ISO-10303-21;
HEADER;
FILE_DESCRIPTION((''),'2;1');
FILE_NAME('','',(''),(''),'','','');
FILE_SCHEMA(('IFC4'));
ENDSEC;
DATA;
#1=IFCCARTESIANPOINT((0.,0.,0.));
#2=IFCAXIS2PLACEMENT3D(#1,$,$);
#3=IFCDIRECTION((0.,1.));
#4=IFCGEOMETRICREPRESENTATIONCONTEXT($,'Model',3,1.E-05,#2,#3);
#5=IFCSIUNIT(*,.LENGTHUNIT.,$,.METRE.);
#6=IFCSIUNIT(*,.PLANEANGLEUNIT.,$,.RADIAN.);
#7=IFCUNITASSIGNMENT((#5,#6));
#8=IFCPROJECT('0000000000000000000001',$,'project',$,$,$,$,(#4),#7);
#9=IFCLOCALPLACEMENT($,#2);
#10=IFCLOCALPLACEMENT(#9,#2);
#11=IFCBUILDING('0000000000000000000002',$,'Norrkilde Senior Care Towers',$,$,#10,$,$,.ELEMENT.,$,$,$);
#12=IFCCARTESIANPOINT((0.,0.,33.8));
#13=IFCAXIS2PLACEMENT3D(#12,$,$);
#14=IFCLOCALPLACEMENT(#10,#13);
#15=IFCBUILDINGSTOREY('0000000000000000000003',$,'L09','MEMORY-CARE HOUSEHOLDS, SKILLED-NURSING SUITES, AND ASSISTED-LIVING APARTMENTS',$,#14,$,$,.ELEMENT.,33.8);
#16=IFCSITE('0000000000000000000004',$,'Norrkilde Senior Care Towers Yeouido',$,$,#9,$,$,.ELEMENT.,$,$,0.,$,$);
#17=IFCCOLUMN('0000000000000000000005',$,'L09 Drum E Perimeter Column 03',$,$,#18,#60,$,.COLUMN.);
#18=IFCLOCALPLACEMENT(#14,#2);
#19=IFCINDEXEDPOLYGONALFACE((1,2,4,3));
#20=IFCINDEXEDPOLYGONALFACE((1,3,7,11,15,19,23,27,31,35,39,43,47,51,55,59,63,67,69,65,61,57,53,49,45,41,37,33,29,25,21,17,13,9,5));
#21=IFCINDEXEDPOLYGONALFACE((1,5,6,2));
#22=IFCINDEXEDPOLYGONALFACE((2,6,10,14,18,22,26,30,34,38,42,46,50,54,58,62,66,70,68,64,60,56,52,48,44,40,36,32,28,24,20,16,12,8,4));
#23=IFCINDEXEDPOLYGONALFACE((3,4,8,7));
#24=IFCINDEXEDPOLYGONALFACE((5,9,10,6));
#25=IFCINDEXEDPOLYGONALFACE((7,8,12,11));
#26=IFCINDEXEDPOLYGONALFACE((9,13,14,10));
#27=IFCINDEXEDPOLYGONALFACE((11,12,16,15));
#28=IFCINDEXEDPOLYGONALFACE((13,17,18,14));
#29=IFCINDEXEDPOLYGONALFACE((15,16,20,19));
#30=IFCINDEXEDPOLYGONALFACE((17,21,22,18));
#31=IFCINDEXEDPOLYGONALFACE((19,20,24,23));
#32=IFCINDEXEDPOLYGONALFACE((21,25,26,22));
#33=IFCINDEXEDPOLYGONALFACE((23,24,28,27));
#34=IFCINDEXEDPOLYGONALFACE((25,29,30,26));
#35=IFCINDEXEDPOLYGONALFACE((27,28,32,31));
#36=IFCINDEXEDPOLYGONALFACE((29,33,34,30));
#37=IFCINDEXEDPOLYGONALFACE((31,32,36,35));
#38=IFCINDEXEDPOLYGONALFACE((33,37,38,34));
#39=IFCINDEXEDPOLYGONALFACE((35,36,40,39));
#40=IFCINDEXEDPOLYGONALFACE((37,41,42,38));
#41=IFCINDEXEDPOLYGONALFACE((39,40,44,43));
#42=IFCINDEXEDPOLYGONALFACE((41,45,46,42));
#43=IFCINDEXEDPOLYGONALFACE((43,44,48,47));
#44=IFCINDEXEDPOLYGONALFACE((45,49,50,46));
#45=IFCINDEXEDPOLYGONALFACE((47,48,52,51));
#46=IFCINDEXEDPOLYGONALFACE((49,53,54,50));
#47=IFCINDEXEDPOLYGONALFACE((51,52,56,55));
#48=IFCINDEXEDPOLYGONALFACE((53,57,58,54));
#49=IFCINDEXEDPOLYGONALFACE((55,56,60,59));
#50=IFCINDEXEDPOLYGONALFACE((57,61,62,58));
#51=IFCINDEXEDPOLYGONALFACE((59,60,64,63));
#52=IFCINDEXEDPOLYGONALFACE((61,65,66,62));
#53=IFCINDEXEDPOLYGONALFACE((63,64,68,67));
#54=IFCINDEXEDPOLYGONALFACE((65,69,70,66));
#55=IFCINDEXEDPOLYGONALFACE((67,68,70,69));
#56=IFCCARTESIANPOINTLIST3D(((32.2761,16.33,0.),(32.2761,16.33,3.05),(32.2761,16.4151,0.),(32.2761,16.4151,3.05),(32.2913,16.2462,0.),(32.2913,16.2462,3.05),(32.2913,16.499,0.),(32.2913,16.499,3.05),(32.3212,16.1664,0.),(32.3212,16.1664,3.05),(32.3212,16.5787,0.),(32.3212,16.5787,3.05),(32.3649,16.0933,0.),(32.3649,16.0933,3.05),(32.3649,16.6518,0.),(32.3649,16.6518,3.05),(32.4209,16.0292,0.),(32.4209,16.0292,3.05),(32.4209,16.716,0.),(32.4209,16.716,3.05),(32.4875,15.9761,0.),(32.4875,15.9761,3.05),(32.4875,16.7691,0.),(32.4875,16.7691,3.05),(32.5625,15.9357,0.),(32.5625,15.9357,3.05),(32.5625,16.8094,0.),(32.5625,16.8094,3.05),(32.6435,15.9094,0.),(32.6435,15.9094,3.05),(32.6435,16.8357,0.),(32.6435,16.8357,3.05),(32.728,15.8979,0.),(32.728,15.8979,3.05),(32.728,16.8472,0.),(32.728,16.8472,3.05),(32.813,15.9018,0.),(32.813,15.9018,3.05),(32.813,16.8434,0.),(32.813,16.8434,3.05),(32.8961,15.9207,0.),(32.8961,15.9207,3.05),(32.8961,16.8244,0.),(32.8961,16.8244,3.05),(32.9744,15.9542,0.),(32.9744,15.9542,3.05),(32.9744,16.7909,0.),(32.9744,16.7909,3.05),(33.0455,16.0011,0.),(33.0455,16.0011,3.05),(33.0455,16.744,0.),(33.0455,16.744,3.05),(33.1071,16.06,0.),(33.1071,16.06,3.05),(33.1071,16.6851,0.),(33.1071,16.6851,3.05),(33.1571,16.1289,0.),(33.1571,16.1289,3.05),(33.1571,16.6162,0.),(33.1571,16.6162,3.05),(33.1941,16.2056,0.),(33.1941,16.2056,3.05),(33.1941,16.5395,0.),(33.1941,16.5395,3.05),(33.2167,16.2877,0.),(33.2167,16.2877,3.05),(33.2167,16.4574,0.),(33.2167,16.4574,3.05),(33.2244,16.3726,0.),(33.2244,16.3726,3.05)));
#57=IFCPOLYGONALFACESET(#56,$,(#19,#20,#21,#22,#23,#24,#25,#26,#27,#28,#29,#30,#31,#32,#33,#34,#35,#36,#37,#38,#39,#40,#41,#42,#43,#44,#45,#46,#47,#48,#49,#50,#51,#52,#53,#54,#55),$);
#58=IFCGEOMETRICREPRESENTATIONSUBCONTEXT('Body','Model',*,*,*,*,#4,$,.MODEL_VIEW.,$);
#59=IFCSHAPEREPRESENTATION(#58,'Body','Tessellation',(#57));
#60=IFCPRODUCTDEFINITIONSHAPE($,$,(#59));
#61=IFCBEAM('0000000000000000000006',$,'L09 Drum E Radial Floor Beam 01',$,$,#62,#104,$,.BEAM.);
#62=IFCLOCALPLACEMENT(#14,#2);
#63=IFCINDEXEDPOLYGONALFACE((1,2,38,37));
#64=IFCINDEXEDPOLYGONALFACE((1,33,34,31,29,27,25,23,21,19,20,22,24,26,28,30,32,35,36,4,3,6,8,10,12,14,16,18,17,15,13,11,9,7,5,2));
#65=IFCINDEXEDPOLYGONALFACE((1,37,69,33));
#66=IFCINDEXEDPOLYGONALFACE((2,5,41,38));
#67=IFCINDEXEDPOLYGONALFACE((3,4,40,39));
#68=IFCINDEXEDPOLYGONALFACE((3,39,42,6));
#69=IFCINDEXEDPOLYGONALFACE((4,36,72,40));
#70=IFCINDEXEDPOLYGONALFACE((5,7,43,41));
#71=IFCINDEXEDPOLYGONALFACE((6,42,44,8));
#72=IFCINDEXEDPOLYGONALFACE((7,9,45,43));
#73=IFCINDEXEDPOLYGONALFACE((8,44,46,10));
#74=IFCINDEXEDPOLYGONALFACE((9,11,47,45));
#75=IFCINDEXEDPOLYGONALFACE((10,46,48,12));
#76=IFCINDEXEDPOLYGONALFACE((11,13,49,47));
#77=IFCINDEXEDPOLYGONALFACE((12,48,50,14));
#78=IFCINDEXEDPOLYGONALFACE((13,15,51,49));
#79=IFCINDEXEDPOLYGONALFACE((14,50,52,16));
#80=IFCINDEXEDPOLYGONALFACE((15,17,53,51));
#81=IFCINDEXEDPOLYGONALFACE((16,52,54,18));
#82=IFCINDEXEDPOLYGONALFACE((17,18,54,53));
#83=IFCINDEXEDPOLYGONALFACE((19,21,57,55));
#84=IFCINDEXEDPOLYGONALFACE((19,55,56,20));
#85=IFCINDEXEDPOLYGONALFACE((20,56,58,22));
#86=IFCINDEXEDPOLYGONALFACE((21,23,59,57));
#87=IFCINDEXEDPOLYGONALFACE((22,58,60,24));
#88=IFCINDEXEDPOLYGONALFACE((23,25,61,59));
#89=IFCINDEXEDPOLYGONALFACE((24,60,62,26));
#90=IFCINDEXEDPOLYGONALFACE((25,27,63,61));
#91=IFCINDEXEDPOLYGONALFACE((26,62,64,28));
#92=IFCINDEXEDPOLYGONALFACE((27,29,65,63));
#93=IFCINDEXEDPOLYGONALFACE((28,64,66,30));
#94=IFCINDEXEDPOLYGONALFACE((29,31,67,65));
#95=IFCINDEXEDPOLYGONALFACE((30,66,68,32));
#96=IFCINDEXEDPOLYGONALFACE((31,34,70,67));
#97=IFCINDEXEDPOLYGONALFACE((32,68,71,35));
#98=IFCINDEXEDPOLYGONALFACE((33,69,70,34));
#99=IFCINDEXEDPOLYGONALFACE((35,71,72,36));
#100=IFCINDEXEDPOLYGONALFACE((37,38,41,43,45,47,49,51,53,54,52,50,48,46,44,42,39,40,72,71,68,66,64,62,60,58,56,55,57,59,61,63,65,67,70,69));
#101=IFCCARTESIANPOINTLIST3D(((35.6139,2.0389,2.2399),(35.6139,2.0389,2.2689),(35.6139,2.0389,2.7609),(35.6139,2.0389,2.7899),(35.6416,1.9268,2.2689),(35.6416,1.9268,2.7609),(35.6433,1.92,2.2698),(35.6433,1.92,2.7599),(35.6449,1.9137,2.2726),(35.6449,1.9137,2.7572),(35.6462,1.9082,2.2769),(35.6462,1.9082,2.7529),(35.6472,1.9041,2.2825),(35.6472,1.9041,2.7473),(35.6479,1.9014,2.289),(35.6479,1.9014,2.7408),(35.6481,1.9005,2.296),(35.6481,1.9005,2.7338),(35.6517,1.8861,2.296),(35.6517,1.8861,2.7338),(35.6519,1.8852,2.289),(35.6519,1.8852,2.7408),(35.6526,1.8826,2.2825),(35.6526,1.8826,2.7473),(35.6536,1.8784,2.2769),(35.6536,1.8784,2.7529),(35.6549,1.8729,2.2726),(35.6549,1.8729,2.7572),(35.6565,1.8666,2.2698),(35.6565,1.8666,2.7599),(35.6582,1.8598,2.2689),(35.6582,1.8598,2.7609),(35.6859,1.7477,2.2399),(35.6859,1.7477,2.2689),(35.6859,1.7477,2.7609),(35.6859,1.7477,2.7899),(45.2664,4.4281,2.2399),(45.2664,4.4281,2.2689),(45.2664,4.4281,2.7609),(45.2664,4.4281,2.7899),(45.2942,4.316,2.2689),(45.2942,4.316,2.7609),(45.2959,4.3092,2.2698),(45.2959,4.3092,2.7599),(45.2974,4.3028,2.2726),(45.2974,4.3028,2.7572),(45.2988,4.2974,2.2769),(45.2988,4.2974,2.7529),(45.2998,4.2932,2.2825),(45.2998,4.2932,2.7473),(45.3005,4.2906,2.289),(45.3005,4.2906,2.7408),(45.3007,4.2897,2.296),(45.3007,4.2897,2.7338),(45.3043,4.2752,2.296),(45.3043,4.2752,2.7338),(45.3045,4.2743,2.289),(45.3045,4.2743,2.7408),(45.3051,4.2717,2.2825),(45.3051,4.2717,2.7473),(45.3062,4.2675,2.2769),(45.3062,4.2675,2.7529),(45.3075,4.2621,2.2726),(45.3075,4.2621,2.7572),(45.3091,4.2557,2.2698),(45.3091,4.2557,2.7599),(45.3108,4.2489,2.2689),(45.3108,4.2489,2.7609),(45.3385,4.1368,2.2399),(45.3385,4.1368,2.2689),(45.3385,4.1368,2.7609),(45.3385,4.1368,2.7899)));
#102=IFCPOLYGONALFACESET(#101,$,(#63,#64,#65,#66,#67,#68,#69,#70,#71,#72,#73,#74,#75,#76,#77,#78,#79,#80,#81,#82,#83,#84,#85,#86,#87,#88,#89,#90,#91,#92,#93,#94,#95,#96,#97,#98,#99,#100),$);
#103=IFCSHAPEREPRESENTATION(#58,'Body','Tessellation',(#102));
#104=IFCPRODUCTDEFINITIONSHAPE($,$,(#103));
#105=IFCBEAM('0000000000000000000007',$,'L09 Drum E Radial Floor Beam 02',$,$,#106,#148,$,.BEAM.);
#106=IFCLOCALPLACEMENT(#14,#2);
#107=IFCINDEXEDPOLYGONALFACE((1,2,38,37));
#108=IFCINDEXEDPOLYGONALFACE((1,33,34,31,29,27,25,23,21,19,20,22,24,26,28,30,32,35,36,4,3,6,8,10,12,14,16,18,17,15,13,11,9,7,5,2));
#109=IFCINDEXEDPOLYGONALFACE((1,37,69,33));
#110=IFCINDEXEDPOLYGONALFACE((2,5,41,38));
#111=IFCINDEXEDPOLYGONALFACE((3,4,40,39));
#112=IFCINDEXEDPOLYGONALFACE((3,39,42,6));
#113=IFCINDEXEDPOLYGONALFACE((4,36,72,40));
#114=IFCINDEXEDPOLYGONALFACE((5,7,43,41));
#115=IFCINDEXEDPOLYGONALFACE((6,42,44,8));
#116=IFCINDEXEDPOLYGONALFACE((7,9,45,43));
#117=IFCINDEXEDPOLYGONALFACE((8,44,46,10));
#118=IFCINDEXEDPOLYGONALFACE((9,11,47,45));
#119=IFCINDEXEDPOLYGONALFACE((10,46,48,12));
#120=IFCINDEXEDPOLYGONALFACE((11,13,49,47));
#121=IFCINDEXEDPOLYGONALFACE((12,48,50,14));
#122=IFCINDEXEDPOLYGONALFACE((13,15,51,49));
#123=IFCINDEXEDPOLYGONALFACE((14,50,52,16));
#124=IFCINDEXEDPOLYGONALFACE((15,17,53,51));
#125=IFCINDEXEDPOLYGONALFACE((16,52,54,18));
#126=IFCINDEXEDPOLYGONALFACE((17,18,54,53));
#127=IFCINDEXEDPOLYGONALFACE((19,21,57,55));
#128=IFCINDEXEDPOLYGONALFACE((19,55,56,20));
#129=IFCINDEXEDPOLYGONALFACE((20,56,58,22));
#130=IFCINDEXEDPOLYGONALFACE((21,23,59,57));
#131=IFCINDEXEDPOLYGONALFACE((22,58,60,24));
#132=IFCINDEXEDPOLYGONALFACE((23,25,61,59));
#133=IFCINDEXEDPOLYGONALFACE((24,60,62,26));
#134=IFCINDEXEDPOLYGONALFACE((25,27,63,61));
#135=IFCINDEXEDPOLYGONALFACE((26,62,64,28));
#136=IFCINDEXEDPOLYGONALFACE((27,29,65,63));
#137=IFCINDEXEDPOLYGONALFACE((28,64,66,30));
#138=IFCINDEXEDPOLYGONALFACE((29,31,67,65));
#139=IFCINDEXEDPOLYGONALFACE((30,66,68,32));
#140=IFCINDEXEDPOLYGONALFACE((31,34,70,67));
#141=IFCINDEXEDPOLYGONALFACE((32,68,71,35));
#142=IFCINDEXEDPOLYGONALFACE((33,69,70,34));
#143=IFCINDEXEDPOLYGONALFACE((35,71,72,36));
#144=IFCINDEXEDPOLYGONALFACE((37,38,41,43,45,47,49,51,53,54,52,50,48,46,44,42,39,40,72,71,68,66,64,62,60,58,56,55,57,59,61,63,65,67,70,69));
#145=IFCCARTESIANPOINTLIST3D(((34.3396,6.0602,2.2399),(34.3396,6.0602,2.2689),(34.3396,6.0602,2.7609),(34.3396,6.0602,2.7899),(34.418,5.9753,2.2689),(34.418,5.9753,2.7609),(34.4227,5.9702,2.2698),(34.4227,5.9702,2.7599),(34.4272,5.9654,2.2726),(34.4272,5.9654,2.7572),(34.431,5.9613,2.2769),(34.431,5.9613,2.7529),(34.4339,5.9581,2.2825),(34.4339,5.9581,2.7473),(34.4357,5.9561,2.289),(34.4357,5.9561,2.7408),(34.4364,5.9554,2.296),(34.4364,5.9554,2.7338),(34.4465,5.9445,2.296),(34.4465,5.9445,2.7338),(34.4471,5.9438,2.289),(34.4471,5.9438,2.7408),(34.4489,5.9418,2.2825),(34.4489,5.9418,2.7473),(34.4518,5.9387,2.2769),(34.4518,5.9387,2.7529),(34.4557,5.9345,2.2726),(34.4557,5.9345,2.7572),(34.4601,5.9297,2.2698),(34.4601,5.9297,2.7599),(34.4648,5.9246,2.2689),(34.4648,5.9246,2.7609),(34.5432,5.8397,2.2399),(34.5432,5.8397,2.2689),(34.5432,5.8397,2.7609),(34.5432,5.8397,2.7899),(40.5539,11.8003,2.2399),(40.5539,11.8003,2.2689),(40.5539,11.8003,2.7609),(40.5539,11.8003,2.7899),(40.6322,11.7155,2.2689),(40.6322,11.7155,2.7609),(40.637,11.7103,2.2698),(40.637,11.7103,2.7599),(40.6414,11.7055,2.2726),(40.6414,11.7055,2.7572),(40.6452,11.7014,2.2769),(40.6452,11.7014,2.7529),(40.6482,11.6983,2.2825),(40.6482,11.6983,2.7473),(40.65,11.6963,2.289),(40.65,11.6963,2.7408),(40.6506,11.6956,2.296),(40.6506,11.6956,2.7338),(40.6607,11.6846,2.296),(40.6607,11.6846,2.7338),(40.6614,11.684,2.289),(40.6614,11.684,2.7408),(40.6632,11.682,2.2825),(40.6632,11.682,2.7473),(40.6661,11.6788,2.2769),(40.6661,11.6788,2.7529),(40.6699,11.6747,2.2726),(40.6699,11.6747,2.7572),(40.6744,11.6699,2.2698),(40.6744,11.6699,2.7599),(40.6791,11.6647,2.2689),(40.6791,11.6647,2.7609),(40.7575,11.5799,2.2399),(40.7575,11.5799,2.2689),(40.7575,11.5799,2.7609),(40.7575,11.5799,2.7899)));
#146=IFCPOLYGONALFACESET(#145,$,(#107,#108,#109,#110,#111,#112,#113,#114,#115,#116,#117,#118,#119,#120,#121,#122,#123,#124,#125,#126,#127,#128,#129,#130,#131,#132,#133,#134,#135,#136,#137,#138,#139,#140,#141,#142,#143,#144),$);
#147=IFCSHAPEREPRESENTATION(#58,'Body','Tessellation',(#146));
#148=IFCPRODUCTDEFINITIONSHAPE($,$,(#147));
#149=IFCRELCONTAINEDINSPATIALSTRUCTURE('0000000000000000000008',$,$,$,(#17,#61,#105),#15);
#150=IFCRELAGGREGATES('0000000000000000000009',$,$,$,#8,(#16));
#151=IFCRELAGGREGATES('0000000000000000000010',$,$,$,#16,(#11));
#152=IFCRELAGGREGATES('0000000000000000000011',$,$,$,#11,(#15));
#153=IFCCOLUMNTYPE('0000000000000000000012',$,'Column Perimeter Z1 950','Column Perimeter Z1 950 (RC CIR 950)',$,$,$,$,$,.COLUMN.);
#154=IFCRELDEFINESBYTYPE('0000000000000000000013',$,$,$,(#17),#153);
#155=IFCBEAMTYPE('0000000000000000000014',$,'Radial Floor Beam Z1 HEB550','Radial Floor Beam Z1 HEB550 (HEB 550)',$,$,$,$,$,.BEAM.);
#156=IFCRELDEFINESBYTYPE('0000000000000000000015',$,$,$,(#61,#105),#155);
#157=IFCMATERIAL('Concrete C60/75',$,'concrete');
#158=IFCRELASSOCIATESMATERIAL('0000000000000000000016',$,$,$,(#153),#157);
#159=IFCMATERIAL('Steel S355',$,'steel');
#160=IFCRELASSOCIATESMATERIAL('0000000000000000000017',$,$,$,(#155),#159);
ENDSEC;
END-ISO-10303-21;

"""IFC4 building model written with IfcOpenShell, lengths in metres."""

from ifc_helpers import new_model, si_unit, direction, frame, origin, origin_2d, place, context, subcontext, project, spatial, circle, i_section, extrude, source, transform, mapped, material, material_profile, profile_set, type_object, type_shapes, element, save


model = new_model("IFC4")

# Units and contexts
model_context = context("Model", 3, precision=1e-05, world=origin(), true_north=direction((0.0, 1.0)))
body_context = subcontext(model_context, "Body", "Model", "MODEL_VIEW")
ifc_project = project(units=[si_unit("LENGTHUNIT", "METRE"), si_unit("PLANEANGLEUNIT", "RADIAN")], contexts=[model_context])

# Site, building, storey
site_placement = place(None, origin())
site = spatial("IfcSite", under=ifc_project, at=site_placement, Name="Norrkilde Senior Care Towers Yeouido", CompositionType="ELEMENT", RefElevation=0.0)
building_placement = place(site_placement, origin())
building = spatial("IfcBuilding", under=site, at=building_placement, Name="Norrkilde Senior Care Towers", CompositionType="ELEMENT")
storey_placement = place(building_placement, frame((0.0, 0.0, 33.8)))
storey = spatial("IfcBuildingStorey", under=building, at=storey_placement, Name="L09", Description="MEMORY-CARE HOUSEHOLDS, SKILLED-NURSING SUITES, AND ASSISTED-LIVING APARTMENTS", CompositionType="ELEMENT", Elevation=33.8)

# Column
ifc_material_1 = material(Name="Concrete C60/75", Category="concrete")
ifc_material_profile_1 = material_profile(ifc_material_1, circle(Radius=0.4751, at=origin_2d()), Name="RC CIR 950")
ifc_profile_set_1 = profile_set([ifc_material_profile_1], Name="Concrete C60/75")
column_type = type_object("IfcColumnType", Name="Column Perimeter Z1 950", Description="Column Perimeter Z1 950 (RC CIR 950)", PredefinedType="COLUMN", material=ifc_profile_set_1)
shared_shape_1 = source(origin(), body_context, "Body", "SweptSolid", [
    extrude(circle(Radius=0.4751, at=origin_2d()), origin(), (0.0, 0.0, 1.0), 3.05),
])
type_shapes(column_type, [shared_shape_1])
column_placement = place(storey_placement, frame((32.7493, 16.3726, 0.0), z_axis=(0.0, 0.0, 1.0), x_axis=(1.0, 0.0, 0.0)))
element("IfcColumn", 1, at=column_placement, inside=storey, type_object=column_type, Name="L09 Drum E Perimeter Column 03", PredefinedType="COLUMN", context=body_context, shape_type="MappedRepresentation", body=[
    mapped(shared_shape_1, transform((0.0, 0.0, 0.0), x_axis=(1.0, 0.0, 0.0), y_axis=(0.0, 1.0, 0.0), z_axis=(0.0, 0.0, 1.0), scale=1.0)),
])

# Beams
ifc_material_2 = material(Name="Steel S355", Category="steel")
ifc_material_profile_2 = material_profile(ifc_material_2, i_section(OverallWidth=0.3, OverallDepth=0.55, WebThickness=0.0149, FlangeThickness=0.0291, FilletRadius=0.0271, at=origin_2d()), Name="HEB 550")
ifc_profile_set_2 = profile_set([ifc_material_profile_2], Name="Steel S355")
beam_type_1 = type_object("IfcBeamType", Name="Radial Floor Beam Z1 HEB550", Description="Radial Floor Beam Z1 HEB550 (HEB 550)", PredefinedType="BEAM", material=ifc_profile_set_2)
shared_shape_2 = source(origin(), body_context, "Body", "SweptSolid", [
    extrude(i_section(OverallWidth=0.3, OverallDepth=0.55, WebThickness=0.0149, FlangeThickness=0.0291, FilletRadius=0.0271, at=origin_2d()), origin(), (0.0, 0.0, 1.0), 9.9438),
])
beam_1_placement = place(storey_placement, frame((35.6499, 1.8933, 2.5149), z_axis=(0.970707, 0.240265, 0.0), x_axis=(-0.240265, 0.970707, 0.0)))
element("IfcBeam", 2, at=beam_1_placement, inside=storey, type_object=beam_type_1, Name="L09 Drum E Radial Floor Beam 01", PredefinedType="BEAM", context=body_context, shape_type="MappedRepresentation", body=[
    mapped(shared_shape_2, transform((0.0, 0.0, 0.0), x_axis=(1.0, 0.0, 0.0), y_axis=(0.0, 1.0, 0.0), z_axis=(0.0, 0.0, 1.0), scale=1.0)),
])
shared_shape_3 = source(origin(), body_context, "Body", "SweptSolid", [
    extrude(i_section(OverallWidth=0.3, OverallDepth=0.55, WebThickness=0.0149, FlangeThickness=0.0291, FilletRadius=0.0271, at=origin_2d()), origin(), (0.0, 0.0, 1.0), 8.4597),
])
beam_2_placement = place(storey_placement, frame((34.4414, 5.95, 2.5149), z_axis=(0.734573, 0.678529, 0.0), x_axis=(-0.678529, 0.734573, 0.0)))
element("IfcBeam", 3, at=beam_2_placement, inside=storey, type_object=beam_type_1, Name="L09 Drum E Radial Floor Beam 02", PredefinedType="BEAM", context=body_context, shape_type="MappedRepresentation", body=[
    mapped(shared_shape_3, transform((0.0, 0.0, 0.0), x_axis=(1.0, 0.0, 0.0), y_axis=(0.0, 1.0, 0.0), z_axis=(0.0, 0.0, 1.0), scale=1.0)),
])

save(model, "model.ifc")
